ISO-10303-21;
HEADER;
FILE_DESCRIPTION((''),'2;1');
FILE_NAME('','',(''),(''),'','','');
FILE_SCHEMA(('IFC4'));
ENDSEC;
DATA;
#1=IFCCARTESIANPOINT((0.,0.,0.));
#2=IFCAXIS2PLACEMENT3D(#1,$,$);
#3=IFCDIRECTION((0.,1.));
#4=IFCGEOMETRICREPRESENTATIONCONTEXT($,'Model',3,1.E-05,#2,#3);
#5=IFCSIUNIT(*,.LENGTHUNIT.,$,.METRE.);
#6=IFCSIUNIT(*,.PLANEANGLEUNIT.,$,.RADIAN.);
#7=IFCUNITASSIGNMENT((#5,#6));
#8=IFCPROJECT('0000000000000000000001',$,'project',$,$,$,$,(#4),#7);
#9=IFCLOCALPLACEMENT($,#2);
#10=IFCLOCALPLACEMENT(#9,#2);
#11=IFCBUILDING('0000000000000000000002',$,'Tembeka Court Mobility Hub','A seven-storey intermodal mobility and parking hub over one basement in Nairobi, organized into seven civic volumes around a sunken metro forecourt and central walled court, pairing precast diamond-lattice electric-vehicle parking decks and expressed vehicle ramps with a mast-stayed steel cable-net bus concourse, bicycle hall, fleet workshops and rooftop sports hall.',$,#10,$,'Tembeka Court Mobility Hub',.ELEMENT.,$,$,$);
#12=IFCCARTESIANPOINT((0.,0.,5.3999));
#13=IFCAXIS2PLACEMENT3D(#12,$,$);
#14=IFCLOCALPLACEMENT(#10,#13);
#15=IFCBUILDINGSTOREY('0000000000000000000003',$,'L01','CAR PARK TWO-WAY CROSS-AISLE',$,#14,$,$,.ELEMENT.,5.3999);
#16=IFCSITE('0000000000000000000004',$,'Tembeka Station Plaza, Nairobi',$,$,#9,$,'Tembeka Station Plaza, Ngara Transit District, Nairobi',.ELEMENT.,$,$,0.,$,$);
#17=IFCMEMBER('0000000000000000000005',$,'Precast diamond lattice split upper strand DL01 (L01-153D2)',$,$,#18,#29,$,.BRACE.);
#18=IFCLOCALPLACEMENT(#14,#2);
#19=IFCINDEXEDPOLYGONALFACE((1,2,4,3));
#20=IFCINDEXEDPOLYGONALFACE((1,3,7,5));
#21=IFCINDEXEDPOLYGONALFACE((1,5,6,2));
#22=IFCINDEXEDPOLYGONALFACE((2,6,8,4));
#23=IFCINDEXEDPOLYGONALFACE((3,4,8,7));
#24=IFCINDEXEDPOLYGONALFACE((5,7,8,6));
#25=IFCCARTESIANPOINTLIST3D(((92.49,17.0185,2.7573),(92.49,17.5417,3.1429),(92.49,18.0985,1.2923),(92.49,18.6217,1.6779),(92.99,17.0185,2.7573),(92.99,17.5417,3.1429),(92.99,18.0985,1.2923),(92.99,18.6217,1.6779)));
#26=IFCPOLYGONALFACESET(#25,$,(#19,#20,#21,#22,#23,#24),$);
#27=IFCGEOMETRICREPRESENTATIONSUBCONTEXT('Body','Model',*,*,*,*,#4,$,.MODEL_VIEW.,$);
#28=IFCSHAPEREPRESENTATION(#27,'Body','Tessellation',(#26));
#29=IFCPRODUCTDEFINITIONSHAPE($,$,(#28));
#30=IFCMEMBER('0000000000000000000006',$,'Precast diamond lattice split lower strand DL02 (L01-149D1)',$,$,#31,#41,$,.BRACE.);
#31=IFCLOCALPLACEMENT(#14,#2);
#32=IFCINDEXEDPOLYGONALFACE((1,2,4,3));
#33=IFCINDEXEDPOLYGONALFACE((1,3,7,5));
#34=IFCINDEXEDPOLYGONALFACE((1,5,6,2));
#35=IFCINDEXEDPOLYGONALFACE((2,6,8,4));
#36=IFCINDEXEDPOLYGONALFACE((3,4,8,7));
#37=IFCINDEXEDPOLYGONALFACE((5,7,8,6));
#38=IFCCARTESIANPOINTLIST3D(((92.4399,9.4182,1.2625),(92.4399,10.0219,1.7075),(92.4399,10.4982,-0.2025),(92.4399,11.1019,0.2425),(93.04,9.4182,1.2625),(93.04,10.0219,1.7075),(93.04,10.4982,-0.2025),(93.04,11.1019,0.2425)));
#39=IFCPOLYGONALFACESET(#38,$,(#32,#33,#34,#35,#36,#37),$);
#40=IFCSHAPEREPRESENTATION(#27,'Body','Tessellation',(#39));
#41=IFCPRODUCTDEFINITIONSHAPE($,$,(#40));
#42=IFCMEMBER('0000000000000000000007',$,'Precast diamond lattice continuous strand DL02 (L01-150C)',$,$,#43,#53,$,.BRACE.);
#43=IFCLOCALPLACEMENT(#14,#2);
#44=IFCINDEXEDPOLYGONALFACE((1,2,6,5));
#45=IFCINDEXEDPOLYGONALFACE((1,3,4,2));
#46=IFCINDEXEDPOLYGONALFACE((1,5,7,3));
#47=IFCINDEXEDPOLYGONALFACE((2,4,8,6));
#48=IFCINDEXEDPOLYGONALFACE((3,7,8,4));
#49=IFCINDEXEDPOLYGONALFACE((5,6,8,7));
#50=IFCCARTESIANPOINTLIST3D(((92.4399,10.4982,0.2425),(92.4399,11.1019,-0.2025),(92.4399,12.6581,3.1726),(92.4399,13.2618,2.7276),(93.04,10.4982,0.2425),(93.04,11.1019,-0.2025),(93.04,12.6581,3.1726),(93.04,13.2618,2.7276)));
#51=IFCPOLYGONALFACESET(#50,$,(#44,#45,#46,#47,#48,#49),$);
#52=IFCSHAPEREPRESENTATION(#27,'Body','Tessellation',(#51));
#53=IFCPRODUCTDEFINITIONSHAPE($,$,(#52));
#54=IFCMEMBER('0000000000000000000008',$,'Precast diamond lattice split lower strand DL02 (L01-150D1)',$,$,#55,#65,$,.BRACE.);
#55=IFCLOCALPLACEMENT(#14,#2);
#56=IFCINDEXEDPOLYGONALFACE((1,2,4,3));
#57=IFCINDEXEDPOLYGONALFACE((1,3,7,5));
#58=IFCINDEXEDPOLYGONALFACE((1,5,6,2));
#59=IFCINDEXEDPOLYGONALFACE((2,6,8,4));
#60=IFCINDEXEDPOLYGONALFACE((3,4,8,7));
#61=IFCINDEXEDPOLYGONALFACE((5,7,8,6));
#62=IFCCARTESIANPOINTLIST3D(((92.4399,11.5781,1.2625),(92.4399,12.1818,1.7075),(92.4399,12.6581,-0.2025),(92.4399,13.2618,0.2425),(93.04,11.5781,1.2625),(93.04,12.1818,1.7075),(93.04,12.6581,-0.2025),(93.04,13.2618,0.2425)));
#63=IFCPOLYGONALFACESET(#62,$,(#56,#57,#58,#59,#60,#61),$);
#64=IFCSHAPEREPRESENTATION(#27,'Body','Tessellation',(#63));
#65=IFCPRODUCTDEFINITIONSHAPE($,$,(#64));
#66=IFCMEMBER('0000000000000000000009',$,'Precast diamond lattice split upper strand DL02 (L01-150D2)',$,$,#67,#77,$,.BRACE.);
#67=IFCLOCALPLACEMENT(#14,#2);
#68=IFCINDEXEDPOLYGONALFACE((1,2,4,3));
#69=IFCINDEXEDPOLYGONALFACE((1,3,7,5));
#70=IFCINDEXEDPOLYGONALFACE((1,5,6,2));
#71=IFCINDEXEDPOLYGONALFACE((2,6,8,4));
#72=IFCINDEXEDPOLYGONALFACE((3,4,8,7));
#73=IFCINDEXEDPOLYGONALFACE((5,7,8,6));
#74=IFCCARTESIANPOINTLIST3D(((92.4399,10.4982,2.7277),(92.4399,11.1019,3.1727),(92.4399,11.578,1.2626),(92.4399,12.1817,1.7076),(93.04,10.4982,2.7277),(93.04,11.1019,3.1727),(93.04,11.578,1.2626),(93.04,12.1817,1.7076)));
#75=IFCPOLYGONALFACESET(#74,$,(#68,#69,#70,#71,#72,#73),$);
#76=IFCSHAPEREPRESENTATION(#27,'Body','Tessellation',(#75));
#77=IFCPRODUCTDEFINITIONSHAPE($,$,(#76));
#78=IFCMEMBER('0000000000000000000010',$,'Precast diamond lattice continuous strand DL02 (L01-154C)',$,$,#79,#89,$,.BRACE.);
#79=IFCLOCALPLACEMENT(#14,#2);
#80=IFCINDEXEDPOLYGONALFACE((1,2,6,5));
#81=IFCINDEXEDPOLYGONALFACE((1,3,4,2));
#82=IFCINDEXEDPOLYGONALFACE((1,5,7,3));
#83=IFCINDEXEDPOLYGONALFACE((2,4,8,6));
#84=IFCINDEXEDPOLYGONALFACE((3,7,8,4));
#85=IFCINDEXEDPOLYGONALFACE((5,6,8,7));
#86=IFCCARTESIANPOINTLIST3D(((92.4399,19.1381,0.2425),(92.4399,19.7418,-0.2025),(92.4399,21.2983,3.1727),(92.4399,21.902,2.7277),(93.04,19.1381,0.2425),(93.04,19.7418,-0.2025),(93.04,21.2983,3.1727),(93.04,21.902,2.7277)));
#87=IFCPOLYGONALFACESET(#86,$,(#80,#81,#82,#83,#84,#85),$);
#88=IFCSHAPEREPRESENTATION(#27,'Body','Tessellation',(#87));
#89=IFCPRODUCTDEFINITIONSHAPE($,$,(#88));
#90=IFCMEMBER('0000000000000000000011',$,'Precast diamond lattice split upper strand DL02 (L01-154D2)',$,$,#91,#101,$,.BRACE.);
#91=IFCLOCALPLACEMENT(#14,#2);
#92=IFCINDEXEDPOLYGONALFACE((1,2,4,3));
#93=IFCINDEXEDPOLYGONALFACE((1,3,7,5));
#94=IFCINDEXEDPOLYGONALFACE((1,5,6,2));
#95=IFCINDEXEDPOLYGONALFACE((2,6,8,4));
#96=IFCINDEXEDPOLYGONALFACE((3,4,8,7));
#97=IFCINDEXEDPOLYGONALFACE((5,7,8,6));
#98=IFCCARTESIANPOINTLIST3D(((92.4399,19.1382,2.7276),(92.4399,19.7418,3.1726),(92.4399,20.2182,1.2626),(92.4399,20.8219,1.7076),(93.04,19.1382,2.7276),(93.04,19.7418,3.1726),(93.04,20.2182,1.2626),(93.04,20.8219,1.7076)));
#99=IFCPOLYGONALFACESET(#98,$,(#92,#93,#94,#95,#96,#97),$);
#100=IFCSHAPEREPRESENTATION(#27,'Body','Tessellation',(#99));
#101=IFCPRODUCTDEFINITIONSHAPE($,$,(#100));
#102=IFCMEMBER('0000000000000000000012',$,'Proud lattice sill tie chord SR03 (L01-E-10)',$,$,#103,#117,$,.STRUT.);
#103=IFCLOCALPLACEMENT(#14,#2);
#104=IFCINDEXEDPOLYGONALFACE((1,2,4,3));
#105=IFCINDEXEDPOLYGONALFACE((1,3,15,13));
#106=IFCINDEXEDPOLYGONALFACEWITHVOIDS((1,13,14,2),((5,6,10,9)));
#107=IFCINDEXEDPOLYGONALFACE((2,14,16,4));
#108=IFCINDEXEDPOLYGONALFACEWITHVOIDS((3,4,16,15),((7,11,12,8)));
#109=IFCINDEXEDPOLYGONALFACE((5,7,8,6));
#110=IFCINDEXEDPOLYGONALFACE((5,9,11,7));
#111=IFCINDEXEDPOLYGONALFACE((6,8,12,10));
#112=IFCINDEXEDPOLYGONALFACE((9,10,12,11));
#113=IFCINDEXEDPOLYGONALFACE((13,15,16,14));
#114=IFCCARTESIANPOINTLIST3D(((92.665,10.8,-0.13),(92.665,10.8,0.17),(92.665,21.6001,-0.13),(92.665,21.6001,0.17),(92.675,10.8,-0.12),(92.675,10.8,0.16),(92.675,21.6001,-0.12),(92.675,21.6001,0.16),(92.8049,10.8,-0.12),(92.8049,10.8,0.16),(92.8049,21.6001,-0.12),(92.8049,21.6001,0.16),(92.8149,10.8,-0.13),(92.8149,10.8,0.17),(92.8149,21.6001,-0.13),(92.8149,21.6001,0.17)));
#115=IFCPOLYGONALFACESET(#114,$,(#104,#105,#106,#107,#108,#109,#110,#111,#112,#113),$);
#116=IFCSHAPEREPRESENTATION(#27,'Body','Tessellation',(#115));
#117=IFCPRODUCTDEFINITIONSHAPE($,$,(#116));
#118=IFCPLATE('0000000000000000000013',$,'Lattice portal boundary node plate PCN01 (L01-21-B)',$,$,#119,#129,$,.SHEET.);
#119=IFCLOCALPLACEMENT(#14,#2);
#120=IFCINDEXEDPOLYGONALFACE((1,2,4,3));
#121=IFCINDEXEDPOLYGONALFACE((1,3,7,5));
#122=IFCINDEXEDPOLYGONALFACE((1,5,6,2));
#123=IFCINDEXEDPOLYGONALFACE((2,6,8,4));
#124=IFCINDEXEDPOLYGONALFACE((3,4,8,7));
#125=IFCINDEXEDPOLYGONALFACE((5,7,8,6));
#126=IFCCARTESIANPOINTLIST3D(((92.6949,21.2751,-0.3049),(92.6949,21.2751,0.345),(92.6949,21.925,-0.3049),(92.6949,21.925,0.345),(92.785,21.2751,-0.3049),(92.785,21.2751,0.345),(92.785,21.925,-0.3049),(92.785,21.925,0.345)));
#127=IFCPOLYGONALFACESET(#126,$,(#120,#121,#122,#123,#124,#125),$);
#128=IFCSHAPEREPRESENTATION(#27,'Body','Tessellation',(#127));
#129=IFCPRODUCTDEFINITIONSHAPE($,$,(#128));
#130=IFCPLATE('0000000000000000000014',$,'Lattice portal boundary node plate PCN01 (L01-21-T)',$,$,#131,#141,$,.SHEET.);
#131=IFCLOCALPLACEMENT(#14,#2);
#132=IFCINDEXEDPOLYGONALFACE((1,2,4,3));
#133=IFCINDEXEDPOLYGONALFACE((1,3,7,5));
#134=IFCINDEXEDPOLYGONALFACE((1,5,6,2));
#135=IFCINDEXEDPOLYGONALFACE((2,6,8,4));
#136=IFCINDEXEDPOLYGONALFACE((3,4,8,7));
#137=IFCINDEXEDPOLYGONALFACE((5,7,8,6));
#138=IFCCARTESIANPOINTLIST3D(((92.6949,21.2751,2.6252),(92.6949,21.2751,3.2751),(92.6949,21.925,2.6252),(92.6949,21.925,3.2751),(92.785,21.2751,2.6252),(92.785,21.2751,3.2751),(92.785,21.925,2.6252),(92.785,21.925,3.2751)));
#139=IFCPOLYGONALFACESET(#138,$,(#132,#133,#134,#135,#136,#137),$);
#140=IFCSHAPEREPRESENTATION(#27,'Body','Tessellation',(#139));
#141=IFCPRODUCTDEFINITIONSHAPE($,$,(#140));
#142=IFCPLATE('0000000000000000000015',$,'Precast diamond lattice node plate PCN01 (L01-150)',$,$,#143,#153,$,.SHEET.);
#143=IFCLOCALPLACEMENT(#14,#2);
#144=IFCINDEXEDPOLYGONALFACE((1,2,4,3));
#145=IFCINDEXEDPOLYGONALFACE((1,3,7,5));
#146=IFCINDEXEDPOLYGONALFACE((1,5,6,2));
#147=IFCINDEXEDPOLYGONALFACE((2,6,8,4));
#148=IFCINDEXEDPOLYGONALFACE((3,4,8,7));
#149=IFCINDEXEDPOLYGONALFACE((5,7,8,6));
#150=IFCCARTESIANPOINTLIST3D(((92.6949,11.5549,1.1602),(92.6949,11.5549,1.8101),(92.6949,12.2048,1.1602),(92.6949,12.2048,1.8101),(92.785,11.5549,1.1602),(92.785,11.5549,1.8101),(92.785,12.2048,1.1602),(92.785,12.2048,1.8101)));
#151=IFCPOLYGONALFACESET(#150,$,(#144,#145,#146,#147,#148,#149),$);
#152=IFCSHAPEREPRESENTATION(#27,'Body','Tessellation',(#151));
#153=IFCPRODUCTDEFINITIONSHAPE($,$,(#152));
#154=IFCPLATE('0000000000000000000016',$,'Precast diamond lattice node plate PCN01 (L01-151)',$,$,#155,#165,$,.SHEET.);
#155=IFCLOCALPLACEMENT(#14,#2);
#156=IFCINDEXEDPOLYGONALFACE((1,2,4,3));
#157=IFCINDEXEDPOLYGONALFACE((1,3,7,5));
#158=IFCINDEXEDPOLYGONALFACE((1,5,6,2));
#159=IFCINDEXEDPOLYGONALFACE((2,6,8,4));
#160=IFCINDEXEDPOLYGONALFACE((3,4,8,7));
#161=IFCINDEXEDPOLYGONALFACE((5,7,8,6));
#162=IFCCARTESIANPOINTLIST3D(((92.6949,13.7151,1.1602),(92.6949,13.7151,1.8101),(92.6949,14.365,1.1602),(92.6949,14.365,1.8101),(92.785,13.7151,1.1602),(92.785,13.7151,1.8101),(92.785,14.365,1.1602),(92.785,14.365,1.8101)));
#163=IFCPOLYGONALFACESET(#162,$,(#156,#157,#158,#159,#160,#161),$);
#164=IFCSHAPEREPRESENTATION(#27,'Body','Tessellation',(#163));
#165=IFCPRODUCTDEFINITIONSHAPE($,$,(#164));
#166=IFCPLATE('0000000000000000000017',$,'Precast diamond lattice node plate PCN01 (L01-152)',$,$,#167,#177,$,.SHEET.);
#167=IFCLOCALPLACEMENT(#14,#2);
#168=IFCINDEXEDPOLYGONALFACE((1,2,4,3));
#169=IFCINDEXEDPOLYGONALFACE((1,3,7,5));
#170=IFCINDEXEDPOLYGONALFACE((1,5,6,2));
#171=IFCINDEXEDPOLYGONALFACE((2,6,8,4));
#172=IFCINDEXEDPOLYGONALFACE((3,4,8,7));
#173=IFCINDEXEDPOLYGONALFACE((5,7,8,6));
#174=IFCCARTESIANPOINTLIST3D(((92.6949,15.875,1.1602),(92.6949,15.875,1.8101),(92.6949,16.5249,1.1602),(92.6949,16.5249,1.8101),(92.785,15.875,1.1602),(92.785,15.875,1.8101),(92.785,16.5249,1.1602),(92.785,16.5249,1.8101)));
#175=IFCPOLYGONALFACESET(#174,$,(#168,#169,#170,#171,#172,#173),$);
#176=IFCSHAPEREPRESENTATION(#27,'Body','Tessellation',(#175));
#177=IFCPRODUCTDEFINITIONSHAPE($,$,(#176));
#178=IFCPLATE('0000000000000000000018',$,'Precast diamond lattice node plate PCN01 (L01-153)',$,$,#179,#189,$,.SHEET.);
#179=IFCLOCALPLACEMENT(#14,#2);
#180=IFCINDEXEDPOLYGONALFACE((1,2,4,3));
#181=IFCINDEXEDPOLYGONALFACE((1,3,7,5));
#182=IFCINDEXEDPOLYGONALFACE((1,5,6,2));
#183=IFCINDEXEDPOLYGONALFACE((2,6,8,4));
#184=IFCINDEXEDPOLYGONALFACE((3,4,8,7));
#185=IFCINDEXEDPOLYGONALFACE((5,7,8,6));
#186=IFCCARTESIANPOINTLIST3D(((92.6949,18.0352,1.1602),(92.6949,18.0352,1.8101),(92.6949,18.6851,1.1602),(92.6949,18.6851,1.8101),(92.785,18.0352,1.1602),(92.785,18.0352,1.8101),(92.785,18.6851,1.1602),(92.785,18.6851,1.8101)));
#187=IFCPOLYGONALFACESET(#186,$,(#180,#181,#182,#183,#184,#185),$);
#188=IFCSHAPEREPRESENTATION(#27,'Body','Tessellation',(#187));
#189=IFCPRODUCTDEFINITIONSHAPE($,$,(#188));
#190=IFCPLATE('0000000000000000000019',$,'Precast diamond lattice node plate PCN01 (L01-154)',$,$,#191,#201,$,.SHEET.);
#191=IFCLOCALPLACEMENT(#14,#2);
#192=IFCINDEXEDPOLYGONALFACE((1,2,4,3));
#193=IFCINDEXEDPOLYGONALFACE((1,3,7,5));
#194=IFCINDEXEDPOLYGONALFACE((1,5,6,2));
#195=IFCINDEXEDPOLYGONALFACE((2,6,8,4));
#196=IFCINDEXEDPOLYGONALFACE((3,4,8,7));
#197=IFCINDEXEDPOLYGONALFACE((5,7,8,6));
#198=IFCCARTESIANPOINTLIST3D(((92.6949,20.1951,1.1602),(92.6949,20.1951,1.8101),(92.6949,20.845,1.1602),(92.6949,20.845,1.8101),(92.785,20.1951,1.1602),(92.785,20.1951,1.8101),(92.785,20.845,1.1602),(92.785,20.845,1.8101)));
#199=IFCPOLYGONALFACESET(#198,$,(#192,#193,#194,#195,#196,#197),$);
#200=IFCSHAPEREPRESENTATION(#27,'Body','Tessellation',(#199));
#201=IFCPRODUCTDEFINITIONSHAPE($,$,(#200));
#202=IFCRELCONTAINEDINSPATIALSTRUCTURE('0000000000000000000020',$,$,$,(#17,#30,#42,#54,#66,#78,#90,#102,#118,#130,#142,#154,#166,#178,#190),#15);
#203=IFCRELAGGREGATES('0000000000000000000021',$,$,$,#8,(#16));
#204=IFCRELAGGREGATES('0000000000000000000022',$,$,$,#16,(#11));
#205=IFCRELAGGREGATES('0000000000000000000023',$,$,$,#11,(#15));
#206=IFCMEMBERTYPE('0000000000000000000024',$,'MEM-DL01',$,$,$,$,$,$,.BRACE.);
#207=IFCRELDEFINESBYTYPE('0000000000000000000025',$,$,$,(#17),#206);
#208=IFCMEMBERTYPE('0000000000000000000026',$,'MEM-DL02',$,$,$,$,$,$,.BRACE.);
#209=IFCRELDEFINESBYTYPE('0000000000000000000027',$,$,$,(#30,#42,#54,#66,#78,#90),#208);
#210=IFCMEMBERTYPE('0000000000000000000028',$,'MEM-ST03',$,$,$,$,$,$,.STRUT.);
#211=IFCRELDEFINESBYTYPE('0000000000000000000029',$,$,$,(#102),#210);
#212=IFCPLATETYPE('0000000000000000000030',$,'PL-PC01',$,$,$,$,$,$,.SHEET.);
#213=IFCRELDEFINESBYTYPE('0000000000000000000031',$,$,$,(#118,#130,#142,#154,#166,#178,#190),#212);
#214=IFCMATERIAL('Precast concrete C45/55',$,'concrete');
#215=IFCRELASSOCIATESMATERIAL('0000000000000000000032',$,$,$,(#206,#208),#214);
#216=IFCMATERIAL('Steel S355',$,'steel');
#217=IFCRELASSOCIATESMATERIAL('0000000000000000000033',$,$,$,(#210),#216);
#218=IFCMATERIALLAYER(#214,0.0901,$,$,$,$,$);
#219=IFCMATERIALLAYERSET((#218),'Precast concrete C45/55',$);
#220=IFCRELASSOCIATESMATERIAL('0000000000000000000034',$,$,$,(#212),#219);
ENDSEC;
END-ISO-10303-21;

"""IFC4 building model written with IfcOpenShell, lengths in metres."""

from ifc_helpers import new_model, si_unit, direction, frame, origin, origin_2d, place, context, subcontext, project, spatial, rectangle, hollow_rectangle, extrude, material, layer, layer_set, material_profile, profile_set, type_object, element, save


model = new_model("IFC4")

# Units and contexts
model_context = context("Model", 3, precision=1e-05, world=origin(), true_north=direction((0.0, 1.0)))
body_context = subcontext(model_context, "Body", "Model", "MODEL_VIEW")
ifc_project = project(units=[si_unit("LENGTHUNIT", "METRE"), si_unit("PLANEANGLEUNIT", "RADIAN")], contexts=[model_context])

# Site, building, storey
site_placement = place(None, origin())
site = spatial("IfcSite", under=ifc_project, at=site_placement, Name="Tembeka Station Plaza, Nairobi", LongName="Tembeka Station Plaza, Ngara Transit District, Nairobi", CompositionType="ELEMENT", RefElevation=0.0)
building_placement = place(site_placement, origin())
building = spatial("IfcBuilding", under=site, at=building_placement, Name="Tembeka Court Mobility Hub", Description="A seven-storey intermodal mobility and parking hub over one basement in Nairobi, organized into seven civic volumes around a sunken metro forecourt and central walled court, pairing precast diamond-lattice electric-vehicle parking decks and expressed vehicle ramps with a mast-stayed steel cable-net bus concourse, bicycle hall, fleet workshops and rooftop sports hall.", LongName="Tembeka Court Mobility Hub", CompositionType="ELEMENT")
storey_placement = place(building_placement, frame((0.0, 0.0, 5.3999)))
storey = spatial("IfcBuildingStorey", under=building, at=storey_placement, Name="L01", Description="CAR PARK TWO-WAY CROSS-AISLE", CompositionType="ELEMENT", Elevation=5.3999)

# Shared definitions
ifc_material_1 = material(Name="Steel S355", Category="steel")

# Members
ifc_material_2 = material(Name="Precast concrete C45/55", Category="concrete")
ifc_material_profile_1 = material_profile(ifc_material_2, rectangle(XDim=0.5, YDim=0.6499, at=origin_2d()), Name="PC-DIAG 500x650")
ifc_profile_set_1 = profile_set([ifc_material_profile_1], Name="Precast concrete C45/55")
member_type_1 = type_object("IfcMemberType", Name="MEM-DL01", PredefinedType="BRACE", material=ifc_profile_set_1)
for number, where, z_axis, x_axis, name in (
    (1, (92.74, 18.3601, 1.4851), (0.0, -0.593391, 0.804914), (1.0, 0.0, 0.0), "Precast diamond lattice split upper strand DL01 (L01-153D2)"),
):
    element("IfcMember", number, at=place(storey_placement, frame(where, z_axis=z_axis, x_axis=x_axis)), inside=storey, type_object=member_type_1, Name=name, PredefinedType="BRACE", context=body_context, shape_type="SweptSolid", body=[
        extrude(rectangle(XDim=0.5, YDim=0.6499, at=origin_2d()), origin(), (0.0, 0.0, 1.0), 1.8201),
    ])
ifc_material_profile_2 = material_profile(ifc_material_2, rectangle(XDim=0.6001, YDim=0.75, at=origin_2d()), Name="PC-DIAG 600x750")
ifc_profile_set_2 = profile_set([ifc_material_profile_2], Name="Precast concrete C45/55")
member_type_2 = type_object("IfcMemberType", Name="MEM-DL02", PredefinedType="BRACE", material=ifc_profile_set_2)
member_1_placement = place(storey_placement, frame((92.74, 10.8, 0.02), z_axis=(0.0, -0.593391, 0.804914), x_axis=(1.0, 0.0, 0.0)))
element("IfcMember", 2, at=member_1_placement, inside=storey, type_object=member_type_2, Name="Precast diamond lattice split lower strand DL02 (L01-149D1)", PredefinedType="BRACE", context=body_context, shape_type="SweptSolid", body=[
    extrude(rectangle(XDim=0.6001, YDim=0.75, at=origin_2d()), origin(), (0.0, 0.0, 1.0), 1.8201),
])
member_2_placement = place(storey_placement, frame((92.74, 10.8, 0.02), z_axis=(0.0, 0.593348, 0.804946), x_axis=(-1.0, 0.0, 0.0)))
element("IfcMember", 3, at=member_2_placement, inside=storey, type_object=member_type_2, Name="Precast diamond lattice continuous strand DL02 (L01-150C)", PredefinedType="BRACE", context=body_context, shape_type="SweptSolid", body=[
    extrude(rectangle(XDim=0.6001, YDim=0.75, at=origin_2d()), origin(), (0.0, 0.0, 1.0), 3.6401),
])
for number, where, z_axis, x_axis, name in (
    (4, (92.74, 12.96, 0.02), (0.0, -0.593391, 0.804914), (1.0, 0.0, 0.0), "Precast diamond lattice split lower strand DL02 (L01-150D1)"),
    (5, (92.74, 11.8799, 1.4851), (0.0, -0.593304, 0.804978), (1.0, 0.0, 0.0), "Precast diamond lattice split upper strand DL02 (L01-150D2)"),
):
    element("IfcMember", number, at=place(storey_placement, frame(where, z_axis=z_axis, x_axis=x_axis)), inside=storey, type_object=member_type_2, Name=name, PredefinedType="BRACE", context=body_context, shape_type="SweptSolid", body=[
        extrude(rectangle(XDim=0.6001, YDim=0.75, at=origin_2d()), origin(), (0.0, 0.0, 1.0), 1.8201),
    ])
member_3_placement = place(storey_placement, frame((92.74, 19.4399, 0.02), z_axis=(0.0, 0.593391, 0.804914), x_axis=(-1.0, 0.0, 0.0)))
element("IfcMember", 6, at=member_3_placement, inside=storey, type_object=member_type_2, Name="Precast diamond lattice continuous strand DL02 (L01-154C)", PredefinedType="BRACE", context=body_context, shape_type="SweptSolid", body=[
    extrude(rectangle(XDim=0.6001, YDim=0.75, at=origin_2d()), origin(), (0.0, 0.0, 1.0), 3.6404),
])
member_4_placement = place(storey_placement, frame((92.74, 20.52, 1.4851), z_axis=(0.0, -0.593391, 0.804914), x_axis=(1.0, 0.0, 0.0)))
element("IfcMember", 7, at=member_4_placement, inside=storey, type_object=member_type_2, Name="Precast diamond lattice split upper strand DL02 (L01-154D2)", PredefinedType="BRACE", context=body_context, shape_type="SweptSolid", body=[
    extrude(rectangle(XDim=0.6001, YDim=0.75, at=origin_2d()), origin(), (0.0, 0.0, 1.0), 1.8201),
])
ifc_material_profile_3 = material_profile(ifc_material_1, hollow_rectangle(XDim=0.1499, YDim=0.3, WallThickness=0.01, at=origin_2d()), Name="RHS 300x150x10")
ifc_profile_set_3 = profile_set([ifc_material_profile_3], Name="Steel S355")
member_type_3 = type_object("IfcMemberType", Name="MEM-ST03", PredefinedType="STRUT", material=ifc_profile_set_3)
member_5_placement = place(storey_placement, frame((92.74, 10.8, 0.02), z_axis=(0.0, 1.0, 0.0), x_axis=(-1.0, 0.0, 0.0)))
element("IfcMember", 8, at=member_5_placement, inside=storey, type_object=member_type_3, Name="Proud lattice sill tie chord SR03 (L01-E-10)", PredefinedType="STRUT", context=body_context, shape_type="SweptSolid", body=[
    extrude(hollow_rectangle(XDim=0.1499, YDim=0.3, WallThickness=0.01, at=origin_2d()), origin(), (0.0, 0.0, 1.0), 10.8),
])

# Plates
ifc_layer = layer(ifc_material_2, 0.0901)
ifc_layer_set = layer_set([ifc_layer], Name="Precast concrete C45/55")
plate_type = type_object("IfcPlateType", Name="PL-PC01", PredefinedType="SHEET", material=ifc_layer_set)
for number, where, z_axis, x_axis, name in (
    (9, (92.74, 21.6001, -0.3049), (0.0, 0.0, 1.0), (1.0, 0.0, 0.0), "Lattice portal boundary node plate PCN01 (L01-21-B)"),
    (10, (92.74, 21.6001, 2.6252), (0.0, 0.0, 1.0), (1.0, 0.0, 0.0), "Lattice portal boundary node plate PCN01 (L01-21-T)"),
    (11, (92.74, 11.8799, 1.1602), (0.0, 0.0, 1.0), (1.0, 0.0, 0.0), "Precast diamond lattice node plate PCN01 (L01-150)"),
    (12, (92.74, 14.04, 1.1602), (0.0, 0.0, 1.0), (1.0, 0.0, 0.0), "Precast diamond lattice node plate PCN01 (L01-151)"),
    (13, (92.74, 16.2, 1.1602), (0.0, 0.0, 1.0), (1.0, 0.0, 0.0), "Precast diamond lattice node plate PCN01 (L01-152)"),
    (14, (92.74, 18.3601, 1.1602), (0.0, 0.0, 1.0), (1.0, 0.0, 0.0), "Precast diamond lattice node plate PCN01 (L01-153)"),
    (15, (92.74, 20.52, 1.1602), (0.0, 0.0, 1.0), (1.0, 0.0, 0.0), "Precast diamond lattice node plate PCN01 (L01-154)"),
):
    element("IfcPlate", number, at=place(storey_placement, frame(where, z_axis=z_axis, x_axis=x_axis)), inside=storey, type_object=plate_type, Name=name, PredefinedType="SHEET", context=body_context, shape_type="SweptSolid", body=[
        extrude(rectangle(XDim=0.0901, YDim=0.6499, at=origin_2d()), origin(), (0.0, 0.0, 1.0), 0.6499),
    ])

save(model, "model.ifc")
